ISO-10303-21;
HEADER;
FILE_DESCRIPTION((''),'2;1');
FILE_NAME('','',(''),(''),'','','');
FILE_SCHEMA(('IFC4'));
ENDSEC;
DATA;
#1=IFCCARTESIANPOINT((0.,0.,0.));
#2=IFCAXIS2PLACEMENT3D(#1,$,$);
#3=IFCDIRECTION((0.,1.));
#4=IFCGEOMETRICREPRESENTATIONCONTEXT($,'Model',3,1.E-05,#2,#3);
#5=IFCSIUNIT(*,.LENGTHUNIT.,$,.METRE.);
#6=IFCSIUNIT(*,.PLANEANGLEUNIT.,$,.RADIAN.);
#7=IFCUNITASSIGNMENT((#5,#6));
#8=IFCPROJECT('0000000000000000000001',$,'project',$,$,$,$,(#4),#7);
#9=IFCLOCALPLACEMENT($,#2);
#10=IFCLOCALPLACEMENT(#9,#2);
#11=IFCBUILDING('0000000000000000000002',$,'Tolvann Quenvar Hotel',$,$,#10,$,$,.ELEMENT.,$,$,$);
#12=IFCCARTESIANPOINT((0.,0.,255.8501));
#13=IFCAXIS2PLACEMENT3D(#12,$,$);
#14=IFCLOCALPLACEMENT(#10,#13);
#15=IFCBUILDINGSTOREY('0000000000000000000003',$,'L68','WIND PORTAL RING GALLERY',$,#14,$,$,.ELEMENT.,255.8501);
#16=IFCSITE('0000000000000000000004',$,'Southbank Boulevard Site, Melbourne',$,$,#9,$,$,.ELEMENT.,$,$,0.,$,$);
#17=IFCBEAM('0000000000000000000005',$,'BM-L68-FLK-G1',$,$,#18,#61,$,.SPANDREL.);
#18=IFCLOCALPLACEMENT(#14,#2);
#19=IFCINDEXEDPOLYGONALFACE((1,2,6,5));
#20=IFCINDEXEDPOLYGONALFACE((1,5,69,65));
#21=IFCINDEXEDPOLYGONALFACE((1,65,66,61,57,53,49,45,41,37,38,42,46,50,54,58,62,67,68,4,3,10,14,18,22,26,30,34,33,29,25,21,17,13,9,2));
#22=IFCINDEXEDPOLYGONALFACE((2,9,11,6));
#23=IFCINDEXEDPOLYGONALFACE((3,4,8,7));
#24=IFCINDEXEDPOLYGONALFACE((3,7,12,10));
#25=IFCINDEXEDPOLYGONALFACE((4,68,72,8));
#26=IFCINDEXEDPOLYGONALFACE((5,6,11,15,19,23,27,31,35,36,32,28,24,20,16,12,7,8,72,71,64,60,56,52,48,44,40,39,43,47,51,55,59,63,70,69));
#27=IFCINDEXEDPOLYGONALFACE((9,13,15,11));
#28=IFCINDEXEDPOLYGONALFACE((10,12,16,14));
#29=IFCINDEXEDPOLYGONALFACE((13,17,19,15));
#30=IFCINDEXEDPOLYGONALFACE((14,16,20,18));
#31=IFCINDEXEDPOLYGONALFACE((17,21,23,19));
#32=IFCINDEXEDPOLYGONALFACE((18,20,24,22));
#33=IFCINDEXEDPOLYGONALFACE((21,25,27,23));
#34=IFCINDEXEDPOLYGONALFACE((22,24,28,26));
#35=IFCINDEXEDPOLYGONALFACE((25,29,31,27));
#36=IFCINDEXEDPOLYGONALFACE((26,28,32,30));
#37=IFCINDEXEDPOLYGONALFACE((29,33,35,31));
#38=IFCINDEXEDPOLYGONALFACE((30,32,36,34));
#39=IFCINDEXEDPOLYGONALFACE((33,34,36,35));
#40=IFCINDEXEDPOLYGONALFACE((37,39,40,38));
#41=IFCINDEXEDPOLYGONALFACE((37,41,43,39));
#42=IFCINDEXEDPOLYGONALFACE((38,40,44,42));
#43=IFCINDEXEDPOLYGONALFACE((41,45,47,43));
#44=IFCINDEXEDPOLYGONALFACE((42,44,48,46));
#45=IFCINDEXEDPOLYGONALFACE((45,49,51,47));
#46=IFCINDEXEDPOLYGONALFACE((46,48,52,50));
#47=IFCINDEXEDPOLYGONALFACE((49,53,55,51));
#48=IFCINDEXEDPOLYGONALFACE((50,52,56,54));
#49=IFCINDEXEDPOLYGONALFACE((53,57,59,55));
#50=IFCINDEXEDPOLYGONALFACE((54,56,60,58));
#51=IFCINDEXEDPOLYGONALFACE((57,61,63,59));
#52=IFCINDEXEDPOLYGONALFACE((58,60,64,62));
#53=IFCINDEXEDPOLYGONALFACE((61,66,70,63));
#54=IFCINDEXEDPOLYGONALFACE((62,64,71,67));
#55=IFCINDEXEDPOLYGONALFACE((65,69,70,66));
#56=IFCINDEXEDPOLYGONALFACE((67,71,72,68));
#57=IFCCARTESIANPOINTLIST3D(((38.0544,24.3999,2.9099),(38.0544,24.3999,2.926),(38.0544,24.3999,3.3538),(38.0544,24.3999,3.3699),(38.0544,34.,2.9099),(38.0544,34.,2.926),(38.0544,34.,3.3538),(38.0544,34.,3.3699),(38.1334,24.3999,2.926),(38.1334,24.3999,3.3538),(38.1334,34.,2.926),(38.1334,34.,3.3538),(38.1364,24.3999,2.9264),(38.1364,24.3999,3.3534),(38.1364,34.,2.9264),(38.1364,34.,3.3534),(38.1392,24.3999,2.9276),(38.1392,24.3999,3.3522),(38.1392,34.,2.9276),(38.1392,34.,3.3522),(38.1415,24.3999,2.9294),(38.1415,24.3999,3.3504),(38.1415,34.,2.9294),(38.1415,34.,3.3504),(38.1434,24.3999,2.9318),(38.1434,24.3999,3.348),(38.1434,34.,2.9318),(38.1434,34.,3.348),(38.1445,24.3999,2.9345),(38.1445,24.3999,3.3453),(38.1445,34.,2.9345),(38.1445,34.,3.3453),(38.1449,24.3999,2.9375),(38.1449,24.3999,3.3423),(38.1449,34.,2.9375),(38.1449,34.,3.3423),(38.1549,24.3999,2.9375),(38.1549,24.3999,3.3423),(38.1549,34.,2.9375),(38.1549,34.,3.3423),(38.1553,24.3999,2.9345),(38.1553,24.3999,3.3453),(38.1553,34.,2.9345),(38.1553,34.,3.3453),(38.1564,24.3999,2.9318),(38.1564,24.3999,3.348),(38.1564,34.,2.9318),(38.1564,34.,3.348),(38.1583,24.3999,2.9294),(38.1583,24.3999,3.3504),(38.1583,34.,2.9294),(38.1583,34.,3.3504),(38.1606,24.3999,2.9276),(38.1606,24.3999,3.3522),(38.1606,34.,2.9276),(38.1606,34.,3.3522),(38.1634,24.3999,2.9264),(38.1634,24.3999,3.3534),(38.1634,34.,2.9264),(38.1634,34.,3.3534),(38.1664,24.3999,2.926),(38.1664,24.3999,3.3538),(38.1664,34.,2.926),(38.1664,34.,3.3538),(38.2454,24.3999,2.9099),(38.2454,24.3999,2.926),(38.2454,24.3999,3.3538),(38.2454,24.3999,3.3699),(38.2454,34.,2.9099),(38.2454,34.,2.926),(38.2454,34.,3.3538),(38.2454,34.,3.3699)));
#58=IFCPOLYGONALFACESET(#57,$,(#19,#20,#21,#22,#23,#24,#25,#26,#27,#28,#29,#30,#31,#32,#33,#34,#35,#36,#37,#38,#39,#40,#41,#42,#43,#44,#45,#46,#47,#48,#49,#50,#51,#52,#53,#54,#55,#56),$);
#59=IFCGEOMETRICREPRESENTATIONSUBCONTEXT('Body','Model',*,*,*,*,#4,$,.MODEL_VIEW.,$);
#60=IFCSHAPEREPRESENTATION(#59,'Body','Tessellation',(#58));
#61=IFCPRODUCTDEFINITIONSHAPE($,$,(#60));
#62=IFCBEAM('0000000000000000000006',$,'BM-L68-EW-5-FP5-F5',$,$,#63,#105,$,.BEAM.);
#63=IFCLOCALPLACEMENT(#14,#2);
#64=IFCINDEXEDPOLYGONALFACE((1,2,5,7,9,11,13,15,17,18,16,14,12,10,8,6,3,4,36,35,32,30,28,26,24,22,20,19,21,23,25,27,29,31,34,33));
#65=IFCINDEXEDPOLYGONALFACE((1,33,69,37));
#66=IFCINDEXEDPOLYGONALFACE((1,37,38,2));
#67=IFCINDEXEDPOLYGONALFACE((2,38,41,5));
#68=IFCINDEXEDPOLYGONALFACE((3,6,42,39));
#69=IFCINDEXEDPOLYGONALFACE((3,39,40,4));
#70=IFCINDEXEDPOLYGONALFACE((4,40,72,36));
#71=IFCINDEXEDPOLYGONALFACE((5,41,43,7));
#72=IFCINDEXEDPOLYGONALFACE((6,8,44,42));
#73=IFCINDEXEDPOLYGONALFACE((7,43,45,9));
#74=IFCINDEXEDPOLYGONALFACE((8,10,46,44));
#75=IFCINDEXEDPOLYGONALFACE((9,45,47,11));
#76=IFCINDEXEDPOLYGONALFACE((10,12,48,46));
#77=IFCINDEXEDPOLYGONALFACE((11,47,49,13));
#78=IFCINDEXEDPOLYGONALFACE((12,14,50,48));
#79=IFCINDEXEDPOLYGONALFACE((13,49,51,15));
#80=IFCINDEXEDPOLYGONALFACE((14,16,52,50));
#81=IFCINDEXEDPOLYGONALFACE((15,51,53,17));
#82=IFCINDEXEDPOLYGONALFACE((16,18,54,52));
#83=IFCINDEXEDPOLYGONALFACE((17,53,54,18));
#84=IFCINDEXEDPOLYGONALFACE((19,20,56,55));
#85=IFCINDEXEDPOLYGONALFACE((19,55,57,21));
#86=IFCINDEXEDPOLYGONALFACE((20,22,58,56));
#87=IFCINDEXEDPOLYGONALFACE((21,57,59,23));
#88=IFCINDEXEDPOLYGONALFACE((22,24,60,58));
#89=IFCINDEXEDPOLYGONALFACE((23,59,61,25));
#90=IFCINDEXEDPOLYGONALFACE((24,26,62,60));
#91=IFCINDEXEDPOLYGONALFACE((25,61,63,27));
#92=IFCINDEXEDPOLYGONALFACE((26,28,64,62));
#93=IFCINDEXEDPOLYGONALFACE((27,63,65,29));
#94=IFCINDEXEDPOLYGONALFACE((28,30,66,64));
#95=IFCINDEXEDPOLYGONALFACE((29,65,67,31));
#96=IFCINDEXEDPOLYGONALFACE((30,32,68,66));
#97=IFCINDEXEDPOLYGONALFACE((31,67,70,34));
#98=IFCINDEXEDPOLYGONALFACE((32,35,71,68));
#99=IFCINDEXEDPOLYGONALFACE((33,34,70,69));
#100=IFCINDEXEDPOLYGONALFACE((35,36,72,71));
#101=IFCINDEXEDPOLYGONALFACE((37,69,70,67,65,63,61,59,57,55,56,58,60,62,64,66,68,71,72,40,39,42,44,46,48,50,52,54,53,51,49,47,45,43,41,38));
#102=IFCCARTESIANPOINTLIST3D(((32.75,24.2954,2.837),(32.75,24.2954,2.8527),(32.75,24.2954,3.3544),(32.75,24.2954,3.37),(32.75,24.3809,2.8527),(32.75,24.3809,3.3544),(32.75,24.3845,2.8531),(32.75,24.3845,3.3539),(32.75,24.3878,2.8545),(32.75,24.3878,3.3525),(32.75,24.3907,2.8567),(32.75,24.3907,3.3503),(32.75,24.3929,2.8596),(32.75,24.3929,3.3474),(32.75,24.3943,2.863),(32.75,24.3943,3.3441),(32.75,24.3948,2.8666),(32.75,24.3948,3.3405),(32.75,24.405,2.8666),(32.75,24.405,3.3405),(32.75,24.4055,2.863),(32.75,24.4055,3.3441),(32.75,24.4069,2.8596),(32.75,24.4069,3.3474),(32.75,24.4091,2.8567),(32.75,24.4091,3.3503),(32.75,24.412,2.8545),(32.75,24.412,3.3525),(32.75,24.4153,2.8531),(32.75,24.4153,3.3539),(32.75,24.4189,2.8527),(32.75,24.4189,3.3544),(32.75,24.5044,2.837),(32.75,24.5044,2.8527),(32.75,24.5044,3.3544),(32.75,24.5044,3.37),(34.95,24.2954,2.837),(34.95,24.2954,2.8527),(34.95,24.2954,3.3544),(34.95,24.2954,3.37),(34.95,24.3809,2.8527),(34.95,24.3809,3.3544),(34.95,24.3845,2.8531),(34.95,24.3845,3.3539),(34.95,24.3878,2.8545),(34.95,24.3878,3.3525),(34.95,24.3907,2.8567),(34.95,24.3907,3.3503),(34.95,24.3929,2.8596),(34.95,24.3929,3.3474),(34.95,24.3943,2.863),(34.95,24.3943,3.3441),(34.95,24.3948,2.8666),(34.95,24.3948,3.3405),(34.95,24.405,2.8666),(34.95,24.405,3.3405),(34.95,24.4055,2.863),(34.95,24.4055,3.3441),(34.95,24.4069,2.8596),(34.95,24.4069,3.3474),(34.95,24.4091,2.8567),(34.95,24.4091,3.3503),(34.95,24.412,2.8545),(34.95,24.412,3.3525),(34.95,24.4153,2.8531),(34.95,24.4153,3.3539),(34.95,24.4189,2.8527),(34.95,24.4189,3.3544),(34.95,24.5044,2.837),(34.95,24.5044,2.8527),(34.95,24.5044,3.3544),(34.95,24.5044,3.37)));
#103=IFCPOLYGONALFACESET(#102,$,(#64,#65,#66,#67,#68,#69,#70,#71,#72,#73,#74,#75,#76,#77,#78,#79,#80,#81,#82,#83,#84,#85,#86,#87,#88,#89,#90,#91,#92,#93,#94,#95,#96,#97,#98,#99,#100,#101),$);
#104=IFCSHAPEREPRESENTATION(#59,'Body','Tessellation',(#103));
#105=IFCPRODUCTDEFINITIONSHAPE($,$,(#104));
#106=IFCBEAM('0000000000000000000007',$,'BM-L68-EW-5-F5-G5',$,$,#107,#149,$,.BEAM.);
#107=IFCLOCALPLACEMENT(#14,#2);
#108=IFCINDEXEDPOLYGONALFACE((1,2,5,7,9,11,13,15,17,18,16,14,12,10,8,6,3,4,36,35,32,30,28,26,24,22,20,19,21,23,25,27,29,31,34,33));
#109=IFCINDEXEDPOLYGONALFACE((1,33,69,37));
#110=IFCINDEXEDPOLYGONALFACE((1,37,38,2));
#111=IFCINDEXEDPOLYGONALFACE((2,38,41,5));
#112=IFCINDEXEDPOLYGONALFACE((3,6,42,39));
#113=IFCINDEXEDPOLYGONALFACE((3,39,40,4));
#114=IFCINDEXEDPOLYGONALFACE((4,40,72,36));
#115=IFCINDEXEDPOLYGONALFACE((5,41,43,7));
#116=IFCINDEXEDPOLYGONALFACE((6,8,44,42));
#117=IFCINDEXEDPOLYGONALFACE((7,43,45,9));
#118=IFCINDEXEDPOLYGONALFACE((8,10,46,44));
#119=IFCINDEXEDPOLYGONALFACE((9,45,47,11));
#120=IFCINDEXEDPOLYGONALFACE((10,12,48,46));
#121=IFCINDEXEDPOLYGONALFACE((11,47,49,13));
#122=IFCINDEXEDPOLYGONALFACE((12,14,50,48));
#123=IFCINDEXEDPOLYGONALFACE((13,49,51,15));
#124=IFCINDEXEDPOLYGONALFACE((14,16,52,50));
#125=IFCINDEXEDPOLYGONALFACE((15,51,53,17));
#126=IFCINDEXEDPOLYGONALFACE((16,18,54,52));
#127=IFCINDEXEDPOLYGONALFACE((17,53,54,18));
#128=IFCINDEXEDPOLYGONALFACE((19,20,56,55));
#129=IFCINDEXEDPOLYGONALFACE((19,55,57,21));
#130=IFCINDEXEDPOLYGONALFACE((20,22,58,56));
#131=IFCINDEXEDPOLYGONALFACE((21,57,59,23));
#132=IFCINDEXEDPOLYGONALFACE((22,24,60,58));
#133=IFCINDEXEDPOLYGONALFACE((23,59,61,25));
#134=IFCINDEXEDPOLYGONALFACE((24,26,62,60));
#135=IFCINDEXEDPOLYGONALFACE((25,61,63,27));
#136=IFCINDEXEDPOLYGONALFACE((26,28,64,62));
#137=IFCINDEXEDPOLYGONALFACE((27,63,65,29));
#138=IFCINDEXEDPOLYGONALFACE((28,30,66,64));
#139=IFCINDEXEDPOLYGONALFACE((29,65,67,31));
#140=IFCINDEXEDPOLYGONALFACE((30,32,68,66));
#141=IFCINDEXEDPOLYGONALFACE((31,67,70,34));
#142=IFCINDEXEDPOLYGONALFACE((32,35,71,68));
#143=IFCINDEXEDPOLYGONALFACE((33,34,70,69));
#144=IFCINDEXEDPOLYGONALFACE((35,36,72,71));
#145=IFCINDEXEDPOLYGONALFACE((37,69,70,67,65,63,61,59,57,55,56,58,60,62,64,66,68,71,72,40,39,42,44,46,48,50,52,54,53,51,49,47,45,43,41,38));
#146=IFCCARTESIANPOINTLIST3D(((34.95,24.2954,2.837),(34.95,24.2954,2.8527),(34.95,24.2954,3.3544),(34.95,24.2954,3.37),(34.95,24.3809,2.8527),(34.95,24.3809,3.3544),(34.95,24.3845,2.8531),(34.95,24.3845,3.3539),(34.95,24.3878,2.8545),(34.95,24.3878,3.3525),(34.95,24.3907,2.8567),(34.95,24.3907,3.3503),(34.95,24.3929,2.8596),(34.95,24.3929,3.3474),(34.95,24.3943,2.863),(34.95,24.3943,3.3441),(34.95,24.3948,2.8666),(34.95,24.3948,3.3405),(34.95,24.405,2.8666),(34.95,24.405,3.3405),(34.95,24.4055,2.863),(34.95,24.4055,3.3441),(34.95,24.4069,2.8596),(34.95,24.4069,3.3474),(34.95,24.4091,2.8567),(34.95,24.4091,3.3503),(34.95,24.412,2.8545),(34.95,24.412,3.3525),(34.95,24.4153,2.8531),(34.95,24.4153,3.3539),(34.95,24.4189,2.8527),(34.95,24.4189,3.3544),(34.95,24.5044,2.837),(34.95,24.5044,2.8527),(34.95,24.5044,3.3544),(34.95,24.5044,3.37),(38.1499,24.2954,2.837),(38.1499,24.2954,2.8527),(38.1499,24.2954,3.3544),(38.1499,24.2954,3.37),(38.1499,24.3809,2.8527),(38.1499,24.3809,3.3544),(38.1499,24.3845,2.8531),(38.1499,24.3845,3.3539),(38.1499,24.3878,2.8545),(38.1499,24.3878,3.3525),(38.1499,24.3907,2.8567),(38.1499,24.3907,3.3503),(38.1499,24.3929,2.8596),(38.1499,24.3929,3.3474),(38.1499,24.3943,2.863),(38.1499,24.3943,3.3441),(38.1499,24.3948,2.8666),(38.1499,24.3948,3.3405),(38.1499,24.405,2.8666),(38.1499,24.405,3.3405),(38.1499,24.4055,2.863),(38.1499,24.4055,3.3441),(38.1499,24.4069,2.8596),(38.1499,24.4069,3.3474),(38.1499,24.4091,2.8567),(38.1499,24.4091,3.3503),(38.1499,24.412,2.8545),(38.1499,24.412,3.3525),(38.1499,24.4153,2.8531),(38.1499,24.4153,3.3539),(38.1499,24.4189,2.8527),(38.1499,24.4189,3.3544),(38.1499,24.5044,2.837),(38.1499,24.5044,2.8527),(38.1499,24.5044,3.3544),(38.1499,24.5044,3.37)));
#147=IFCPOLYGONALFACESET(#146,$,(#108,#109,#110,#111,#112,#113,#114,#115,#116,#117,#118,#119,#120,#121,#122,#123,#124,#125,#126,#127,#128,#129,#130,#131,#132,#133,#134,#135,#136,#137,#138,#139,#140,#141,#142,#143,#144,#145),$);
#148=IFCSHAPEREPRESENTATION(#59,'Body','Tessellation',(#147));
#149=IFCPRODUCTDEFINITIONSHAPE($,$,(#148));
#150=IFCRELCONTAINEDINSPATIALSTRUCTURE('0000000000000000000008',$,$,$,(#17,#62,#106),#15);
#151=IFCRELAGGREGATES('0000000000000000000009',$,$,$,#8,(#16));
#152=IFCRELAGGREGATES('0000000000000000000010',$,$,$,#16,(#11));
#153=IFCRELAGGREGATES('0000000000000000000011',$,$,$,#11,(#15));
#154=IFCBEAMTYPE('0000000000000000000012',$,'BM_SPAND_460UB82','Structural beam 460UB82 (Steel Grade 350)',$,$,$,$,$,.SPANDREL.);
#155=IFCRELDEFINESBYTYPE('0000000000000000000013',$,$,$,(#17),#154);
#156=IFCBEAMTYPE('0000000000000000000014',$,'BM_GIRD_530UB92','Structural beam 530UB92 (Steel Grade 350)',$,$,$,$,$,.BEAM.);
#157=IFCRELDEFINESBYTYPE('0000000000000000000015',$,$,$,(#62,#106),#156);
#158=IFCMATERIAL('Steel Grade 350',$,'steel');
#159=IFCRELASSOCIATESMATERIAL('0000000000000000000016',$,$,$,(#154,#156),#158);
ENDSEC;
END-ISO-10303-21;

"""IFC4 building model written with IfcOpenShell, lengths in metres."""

from ifc_helpers import new_model, si_unit, direction, frame, origin, origin_2d, place, context, subcontext, project, spatial, i_section, extrude, source, transform, mapped, material, material_profile, profile_set, type_object, type_shapes, element, save


model = new_model("IFC4")

# Units and contexts
model_context = context("Model", 3, precision=1e-05, world=origin(), true_north=direction((0.0, 1.0)))
body_context = subcontext(model_context, "Body", "Model", "MODEL_VIEW")
ifc_project = project(units=[si_unit("LENGTHUNIT", "METRE"), si_unit("PLANEANGLEUNIT", "RADIAN")], contexts=[model_context])

# Site, building, storey
site_placement = place(None, origin())
site = spatial("IfcSite", under=ifc_project, at=site_placement, Name="Southbank Boulevard Site, Melbourne", CompositionType="ELEMENT", RefElevation=0.0)
building_placement = place(site_placement, origin())
building = spatial("IfcBuilding", under=site, at=building_placement, Name="Tolvann Quenvar Hotel", CompositionType="ELEMENT")
storey_placement = place(building_placement, frame((0.0, 0.0, 255.8501)))
storey = spatial("IfcBuildingStorey", under=building, at=storey_placement, Name="L68", Description="WIND PORTAL RING GALLERY", CompositionType="ELEMENT", Elevation=255.8501)

# Shared definitions
ifc_material_1 = material(Name="Steel Grade 350", Category="steel")

# Beams
ifc_material_profile_1 = material_profile(ifc_material_1, i_section(OverallWidth=0.1909, OverallDepth=0.46, WebThickness=0.01, FlangeThickness=0.0161, FilletRadius=0.0115, at=origin_2d()), Name="460UB82")
ifc_profile_set_1 = profile_set([ifc_material_profile_1], Name="Steel Grade 350")
beam_type_1 = type_object("IfcBeamType", Name="BM_SPAND_460UB82", Description="Structural beam 460UB82 (Steel Grade 350)", PredefinedType="SPANDREL", material=ifc_profile_set_1)
shared_shape_1 = source(origin(), body_context, "Body", "SweptSolid", [
    extrude(i_section(OverallWidth=0.1909, OverallDepth=0.46, WebThickness=0.01, FlangeThickness=0.0161, FilletRadius=0.0115, at=origin_2d()), origin(), (0.0, 0.0, 1.0), 9.6001),
])
type_shapes(beam_type_1, [shared_shape_1])
beam_1_placement = place(storey_placement, frame((38.1499, 24.3999, 3.1399), z_axis=(0.0, 1.0, 0.0), x_axis=(-1.0, 0.0, 0.0)))
element("IfcBeam", 1, at=beam_1_placement, inside=storey, type_object=beam_type_1, Name="BM-L68-FLK-G1", PredefinedType="SPANDREL", context=body_context, shape_type="MappedRepresentation", body=[
    mapped(shared_shape_1, transform((0.0, 0.0, 0.0), x_axis=(1.0, 0.0, 0.0), y_axis=(0.0, 1.0, 0.0), z_axis=(0.0, 0.0, 1.0), scale=1.0)),
])
ifc_material_profile_2 = material_profile(ifc_material_1, i_section(OverallWidth=0.209, OverallDepth=0.533, WebThickness=0.0103, FlangeThickness=0.0156, FilletRadius=0.0139, at=origin_2d()), Name="530UB92")
ifc_profile_set_2 = profile_set([ifc_material_profile_2], Name="Steel Grade 350")
beam_type_2 = type_object("IfcBeamType", Name="BM_GIRD_530UB92", Description="Structural beam 530UB92 (Steel Grade 350)", PredefinedType="BEAM", material=ifc_profile_set_2)
shared_shape_2 = source(origin(), body_context, "Body", "SweptSolid", [
    extrude(i_section(OverallWidth=0.209, OverallDepth=0.533, WebThickness=0.0103, FlangeThickness=0.0156, FilletRadius=0.0139, at=origin_2d()), origin(), (0.0, 0.0, 1.0), 2.2),
])
beam_2_placement = place(storey_placement, frame((32.75, 24.3999, 3.1035), z_axis=(1.0, 0.0, 0.0), x_axis=(0.0, 1.0, 0.0)))
element("IfcBeam", 2, at=beam_2_placement, inside=storey, type_object=beam_type_2, Name="BM-L68-EW-5-FP5-F5", PredefinedType="BEAM", context=body_context, shape_type="MappedRepresentation", body=[
    mapped(shared_shape_2, transform((0.0, 0.0, 0.0), x_axis=(1.0, 0.0, 0.0), y_axis=(0.0, 1.0, 0.0), z_axis=(0.0, 0.0, 1.0), scale=1.0)),
])
shared_shape_3 = source(origin(), body_context, "Body", "SweptSolid", [
    extrude(i_section(OverallWidth=0.209, OverallDepth=0.533, WebThickness=0.0103, FlangeThickness=0.0156, FilletRadius=0.0139, at=origin_2d()), origin(), (0.0, 0.0, 1.0), 3.2),
])
beam_3_placement = place(storey_placement, frame((34.95, 24.3999, 3.1035), z_axis=(1.0, 0.0, 0.0), x_axis=(0.0, 1.0, 0.0)))
element("IfcBeam", 3, at=beam_3_placement, inside=storey, type_object=beam_type_2, Name="BM-L68-EW-5-F5-G5", PredefinedType="BEAM", context=body_context, shape_type="MappedRepresentation", body=[
    mapped(shared_shape_3, transform((0.0, 0.0, 0.0), x_axis=(1.0, 0.0, 0.0), y_axis=(0.0, 1.0, 0.0), z_axis=(0.0, 0.0, 1.0), scale=1.0)),
])

save(model, "model.ifc")
